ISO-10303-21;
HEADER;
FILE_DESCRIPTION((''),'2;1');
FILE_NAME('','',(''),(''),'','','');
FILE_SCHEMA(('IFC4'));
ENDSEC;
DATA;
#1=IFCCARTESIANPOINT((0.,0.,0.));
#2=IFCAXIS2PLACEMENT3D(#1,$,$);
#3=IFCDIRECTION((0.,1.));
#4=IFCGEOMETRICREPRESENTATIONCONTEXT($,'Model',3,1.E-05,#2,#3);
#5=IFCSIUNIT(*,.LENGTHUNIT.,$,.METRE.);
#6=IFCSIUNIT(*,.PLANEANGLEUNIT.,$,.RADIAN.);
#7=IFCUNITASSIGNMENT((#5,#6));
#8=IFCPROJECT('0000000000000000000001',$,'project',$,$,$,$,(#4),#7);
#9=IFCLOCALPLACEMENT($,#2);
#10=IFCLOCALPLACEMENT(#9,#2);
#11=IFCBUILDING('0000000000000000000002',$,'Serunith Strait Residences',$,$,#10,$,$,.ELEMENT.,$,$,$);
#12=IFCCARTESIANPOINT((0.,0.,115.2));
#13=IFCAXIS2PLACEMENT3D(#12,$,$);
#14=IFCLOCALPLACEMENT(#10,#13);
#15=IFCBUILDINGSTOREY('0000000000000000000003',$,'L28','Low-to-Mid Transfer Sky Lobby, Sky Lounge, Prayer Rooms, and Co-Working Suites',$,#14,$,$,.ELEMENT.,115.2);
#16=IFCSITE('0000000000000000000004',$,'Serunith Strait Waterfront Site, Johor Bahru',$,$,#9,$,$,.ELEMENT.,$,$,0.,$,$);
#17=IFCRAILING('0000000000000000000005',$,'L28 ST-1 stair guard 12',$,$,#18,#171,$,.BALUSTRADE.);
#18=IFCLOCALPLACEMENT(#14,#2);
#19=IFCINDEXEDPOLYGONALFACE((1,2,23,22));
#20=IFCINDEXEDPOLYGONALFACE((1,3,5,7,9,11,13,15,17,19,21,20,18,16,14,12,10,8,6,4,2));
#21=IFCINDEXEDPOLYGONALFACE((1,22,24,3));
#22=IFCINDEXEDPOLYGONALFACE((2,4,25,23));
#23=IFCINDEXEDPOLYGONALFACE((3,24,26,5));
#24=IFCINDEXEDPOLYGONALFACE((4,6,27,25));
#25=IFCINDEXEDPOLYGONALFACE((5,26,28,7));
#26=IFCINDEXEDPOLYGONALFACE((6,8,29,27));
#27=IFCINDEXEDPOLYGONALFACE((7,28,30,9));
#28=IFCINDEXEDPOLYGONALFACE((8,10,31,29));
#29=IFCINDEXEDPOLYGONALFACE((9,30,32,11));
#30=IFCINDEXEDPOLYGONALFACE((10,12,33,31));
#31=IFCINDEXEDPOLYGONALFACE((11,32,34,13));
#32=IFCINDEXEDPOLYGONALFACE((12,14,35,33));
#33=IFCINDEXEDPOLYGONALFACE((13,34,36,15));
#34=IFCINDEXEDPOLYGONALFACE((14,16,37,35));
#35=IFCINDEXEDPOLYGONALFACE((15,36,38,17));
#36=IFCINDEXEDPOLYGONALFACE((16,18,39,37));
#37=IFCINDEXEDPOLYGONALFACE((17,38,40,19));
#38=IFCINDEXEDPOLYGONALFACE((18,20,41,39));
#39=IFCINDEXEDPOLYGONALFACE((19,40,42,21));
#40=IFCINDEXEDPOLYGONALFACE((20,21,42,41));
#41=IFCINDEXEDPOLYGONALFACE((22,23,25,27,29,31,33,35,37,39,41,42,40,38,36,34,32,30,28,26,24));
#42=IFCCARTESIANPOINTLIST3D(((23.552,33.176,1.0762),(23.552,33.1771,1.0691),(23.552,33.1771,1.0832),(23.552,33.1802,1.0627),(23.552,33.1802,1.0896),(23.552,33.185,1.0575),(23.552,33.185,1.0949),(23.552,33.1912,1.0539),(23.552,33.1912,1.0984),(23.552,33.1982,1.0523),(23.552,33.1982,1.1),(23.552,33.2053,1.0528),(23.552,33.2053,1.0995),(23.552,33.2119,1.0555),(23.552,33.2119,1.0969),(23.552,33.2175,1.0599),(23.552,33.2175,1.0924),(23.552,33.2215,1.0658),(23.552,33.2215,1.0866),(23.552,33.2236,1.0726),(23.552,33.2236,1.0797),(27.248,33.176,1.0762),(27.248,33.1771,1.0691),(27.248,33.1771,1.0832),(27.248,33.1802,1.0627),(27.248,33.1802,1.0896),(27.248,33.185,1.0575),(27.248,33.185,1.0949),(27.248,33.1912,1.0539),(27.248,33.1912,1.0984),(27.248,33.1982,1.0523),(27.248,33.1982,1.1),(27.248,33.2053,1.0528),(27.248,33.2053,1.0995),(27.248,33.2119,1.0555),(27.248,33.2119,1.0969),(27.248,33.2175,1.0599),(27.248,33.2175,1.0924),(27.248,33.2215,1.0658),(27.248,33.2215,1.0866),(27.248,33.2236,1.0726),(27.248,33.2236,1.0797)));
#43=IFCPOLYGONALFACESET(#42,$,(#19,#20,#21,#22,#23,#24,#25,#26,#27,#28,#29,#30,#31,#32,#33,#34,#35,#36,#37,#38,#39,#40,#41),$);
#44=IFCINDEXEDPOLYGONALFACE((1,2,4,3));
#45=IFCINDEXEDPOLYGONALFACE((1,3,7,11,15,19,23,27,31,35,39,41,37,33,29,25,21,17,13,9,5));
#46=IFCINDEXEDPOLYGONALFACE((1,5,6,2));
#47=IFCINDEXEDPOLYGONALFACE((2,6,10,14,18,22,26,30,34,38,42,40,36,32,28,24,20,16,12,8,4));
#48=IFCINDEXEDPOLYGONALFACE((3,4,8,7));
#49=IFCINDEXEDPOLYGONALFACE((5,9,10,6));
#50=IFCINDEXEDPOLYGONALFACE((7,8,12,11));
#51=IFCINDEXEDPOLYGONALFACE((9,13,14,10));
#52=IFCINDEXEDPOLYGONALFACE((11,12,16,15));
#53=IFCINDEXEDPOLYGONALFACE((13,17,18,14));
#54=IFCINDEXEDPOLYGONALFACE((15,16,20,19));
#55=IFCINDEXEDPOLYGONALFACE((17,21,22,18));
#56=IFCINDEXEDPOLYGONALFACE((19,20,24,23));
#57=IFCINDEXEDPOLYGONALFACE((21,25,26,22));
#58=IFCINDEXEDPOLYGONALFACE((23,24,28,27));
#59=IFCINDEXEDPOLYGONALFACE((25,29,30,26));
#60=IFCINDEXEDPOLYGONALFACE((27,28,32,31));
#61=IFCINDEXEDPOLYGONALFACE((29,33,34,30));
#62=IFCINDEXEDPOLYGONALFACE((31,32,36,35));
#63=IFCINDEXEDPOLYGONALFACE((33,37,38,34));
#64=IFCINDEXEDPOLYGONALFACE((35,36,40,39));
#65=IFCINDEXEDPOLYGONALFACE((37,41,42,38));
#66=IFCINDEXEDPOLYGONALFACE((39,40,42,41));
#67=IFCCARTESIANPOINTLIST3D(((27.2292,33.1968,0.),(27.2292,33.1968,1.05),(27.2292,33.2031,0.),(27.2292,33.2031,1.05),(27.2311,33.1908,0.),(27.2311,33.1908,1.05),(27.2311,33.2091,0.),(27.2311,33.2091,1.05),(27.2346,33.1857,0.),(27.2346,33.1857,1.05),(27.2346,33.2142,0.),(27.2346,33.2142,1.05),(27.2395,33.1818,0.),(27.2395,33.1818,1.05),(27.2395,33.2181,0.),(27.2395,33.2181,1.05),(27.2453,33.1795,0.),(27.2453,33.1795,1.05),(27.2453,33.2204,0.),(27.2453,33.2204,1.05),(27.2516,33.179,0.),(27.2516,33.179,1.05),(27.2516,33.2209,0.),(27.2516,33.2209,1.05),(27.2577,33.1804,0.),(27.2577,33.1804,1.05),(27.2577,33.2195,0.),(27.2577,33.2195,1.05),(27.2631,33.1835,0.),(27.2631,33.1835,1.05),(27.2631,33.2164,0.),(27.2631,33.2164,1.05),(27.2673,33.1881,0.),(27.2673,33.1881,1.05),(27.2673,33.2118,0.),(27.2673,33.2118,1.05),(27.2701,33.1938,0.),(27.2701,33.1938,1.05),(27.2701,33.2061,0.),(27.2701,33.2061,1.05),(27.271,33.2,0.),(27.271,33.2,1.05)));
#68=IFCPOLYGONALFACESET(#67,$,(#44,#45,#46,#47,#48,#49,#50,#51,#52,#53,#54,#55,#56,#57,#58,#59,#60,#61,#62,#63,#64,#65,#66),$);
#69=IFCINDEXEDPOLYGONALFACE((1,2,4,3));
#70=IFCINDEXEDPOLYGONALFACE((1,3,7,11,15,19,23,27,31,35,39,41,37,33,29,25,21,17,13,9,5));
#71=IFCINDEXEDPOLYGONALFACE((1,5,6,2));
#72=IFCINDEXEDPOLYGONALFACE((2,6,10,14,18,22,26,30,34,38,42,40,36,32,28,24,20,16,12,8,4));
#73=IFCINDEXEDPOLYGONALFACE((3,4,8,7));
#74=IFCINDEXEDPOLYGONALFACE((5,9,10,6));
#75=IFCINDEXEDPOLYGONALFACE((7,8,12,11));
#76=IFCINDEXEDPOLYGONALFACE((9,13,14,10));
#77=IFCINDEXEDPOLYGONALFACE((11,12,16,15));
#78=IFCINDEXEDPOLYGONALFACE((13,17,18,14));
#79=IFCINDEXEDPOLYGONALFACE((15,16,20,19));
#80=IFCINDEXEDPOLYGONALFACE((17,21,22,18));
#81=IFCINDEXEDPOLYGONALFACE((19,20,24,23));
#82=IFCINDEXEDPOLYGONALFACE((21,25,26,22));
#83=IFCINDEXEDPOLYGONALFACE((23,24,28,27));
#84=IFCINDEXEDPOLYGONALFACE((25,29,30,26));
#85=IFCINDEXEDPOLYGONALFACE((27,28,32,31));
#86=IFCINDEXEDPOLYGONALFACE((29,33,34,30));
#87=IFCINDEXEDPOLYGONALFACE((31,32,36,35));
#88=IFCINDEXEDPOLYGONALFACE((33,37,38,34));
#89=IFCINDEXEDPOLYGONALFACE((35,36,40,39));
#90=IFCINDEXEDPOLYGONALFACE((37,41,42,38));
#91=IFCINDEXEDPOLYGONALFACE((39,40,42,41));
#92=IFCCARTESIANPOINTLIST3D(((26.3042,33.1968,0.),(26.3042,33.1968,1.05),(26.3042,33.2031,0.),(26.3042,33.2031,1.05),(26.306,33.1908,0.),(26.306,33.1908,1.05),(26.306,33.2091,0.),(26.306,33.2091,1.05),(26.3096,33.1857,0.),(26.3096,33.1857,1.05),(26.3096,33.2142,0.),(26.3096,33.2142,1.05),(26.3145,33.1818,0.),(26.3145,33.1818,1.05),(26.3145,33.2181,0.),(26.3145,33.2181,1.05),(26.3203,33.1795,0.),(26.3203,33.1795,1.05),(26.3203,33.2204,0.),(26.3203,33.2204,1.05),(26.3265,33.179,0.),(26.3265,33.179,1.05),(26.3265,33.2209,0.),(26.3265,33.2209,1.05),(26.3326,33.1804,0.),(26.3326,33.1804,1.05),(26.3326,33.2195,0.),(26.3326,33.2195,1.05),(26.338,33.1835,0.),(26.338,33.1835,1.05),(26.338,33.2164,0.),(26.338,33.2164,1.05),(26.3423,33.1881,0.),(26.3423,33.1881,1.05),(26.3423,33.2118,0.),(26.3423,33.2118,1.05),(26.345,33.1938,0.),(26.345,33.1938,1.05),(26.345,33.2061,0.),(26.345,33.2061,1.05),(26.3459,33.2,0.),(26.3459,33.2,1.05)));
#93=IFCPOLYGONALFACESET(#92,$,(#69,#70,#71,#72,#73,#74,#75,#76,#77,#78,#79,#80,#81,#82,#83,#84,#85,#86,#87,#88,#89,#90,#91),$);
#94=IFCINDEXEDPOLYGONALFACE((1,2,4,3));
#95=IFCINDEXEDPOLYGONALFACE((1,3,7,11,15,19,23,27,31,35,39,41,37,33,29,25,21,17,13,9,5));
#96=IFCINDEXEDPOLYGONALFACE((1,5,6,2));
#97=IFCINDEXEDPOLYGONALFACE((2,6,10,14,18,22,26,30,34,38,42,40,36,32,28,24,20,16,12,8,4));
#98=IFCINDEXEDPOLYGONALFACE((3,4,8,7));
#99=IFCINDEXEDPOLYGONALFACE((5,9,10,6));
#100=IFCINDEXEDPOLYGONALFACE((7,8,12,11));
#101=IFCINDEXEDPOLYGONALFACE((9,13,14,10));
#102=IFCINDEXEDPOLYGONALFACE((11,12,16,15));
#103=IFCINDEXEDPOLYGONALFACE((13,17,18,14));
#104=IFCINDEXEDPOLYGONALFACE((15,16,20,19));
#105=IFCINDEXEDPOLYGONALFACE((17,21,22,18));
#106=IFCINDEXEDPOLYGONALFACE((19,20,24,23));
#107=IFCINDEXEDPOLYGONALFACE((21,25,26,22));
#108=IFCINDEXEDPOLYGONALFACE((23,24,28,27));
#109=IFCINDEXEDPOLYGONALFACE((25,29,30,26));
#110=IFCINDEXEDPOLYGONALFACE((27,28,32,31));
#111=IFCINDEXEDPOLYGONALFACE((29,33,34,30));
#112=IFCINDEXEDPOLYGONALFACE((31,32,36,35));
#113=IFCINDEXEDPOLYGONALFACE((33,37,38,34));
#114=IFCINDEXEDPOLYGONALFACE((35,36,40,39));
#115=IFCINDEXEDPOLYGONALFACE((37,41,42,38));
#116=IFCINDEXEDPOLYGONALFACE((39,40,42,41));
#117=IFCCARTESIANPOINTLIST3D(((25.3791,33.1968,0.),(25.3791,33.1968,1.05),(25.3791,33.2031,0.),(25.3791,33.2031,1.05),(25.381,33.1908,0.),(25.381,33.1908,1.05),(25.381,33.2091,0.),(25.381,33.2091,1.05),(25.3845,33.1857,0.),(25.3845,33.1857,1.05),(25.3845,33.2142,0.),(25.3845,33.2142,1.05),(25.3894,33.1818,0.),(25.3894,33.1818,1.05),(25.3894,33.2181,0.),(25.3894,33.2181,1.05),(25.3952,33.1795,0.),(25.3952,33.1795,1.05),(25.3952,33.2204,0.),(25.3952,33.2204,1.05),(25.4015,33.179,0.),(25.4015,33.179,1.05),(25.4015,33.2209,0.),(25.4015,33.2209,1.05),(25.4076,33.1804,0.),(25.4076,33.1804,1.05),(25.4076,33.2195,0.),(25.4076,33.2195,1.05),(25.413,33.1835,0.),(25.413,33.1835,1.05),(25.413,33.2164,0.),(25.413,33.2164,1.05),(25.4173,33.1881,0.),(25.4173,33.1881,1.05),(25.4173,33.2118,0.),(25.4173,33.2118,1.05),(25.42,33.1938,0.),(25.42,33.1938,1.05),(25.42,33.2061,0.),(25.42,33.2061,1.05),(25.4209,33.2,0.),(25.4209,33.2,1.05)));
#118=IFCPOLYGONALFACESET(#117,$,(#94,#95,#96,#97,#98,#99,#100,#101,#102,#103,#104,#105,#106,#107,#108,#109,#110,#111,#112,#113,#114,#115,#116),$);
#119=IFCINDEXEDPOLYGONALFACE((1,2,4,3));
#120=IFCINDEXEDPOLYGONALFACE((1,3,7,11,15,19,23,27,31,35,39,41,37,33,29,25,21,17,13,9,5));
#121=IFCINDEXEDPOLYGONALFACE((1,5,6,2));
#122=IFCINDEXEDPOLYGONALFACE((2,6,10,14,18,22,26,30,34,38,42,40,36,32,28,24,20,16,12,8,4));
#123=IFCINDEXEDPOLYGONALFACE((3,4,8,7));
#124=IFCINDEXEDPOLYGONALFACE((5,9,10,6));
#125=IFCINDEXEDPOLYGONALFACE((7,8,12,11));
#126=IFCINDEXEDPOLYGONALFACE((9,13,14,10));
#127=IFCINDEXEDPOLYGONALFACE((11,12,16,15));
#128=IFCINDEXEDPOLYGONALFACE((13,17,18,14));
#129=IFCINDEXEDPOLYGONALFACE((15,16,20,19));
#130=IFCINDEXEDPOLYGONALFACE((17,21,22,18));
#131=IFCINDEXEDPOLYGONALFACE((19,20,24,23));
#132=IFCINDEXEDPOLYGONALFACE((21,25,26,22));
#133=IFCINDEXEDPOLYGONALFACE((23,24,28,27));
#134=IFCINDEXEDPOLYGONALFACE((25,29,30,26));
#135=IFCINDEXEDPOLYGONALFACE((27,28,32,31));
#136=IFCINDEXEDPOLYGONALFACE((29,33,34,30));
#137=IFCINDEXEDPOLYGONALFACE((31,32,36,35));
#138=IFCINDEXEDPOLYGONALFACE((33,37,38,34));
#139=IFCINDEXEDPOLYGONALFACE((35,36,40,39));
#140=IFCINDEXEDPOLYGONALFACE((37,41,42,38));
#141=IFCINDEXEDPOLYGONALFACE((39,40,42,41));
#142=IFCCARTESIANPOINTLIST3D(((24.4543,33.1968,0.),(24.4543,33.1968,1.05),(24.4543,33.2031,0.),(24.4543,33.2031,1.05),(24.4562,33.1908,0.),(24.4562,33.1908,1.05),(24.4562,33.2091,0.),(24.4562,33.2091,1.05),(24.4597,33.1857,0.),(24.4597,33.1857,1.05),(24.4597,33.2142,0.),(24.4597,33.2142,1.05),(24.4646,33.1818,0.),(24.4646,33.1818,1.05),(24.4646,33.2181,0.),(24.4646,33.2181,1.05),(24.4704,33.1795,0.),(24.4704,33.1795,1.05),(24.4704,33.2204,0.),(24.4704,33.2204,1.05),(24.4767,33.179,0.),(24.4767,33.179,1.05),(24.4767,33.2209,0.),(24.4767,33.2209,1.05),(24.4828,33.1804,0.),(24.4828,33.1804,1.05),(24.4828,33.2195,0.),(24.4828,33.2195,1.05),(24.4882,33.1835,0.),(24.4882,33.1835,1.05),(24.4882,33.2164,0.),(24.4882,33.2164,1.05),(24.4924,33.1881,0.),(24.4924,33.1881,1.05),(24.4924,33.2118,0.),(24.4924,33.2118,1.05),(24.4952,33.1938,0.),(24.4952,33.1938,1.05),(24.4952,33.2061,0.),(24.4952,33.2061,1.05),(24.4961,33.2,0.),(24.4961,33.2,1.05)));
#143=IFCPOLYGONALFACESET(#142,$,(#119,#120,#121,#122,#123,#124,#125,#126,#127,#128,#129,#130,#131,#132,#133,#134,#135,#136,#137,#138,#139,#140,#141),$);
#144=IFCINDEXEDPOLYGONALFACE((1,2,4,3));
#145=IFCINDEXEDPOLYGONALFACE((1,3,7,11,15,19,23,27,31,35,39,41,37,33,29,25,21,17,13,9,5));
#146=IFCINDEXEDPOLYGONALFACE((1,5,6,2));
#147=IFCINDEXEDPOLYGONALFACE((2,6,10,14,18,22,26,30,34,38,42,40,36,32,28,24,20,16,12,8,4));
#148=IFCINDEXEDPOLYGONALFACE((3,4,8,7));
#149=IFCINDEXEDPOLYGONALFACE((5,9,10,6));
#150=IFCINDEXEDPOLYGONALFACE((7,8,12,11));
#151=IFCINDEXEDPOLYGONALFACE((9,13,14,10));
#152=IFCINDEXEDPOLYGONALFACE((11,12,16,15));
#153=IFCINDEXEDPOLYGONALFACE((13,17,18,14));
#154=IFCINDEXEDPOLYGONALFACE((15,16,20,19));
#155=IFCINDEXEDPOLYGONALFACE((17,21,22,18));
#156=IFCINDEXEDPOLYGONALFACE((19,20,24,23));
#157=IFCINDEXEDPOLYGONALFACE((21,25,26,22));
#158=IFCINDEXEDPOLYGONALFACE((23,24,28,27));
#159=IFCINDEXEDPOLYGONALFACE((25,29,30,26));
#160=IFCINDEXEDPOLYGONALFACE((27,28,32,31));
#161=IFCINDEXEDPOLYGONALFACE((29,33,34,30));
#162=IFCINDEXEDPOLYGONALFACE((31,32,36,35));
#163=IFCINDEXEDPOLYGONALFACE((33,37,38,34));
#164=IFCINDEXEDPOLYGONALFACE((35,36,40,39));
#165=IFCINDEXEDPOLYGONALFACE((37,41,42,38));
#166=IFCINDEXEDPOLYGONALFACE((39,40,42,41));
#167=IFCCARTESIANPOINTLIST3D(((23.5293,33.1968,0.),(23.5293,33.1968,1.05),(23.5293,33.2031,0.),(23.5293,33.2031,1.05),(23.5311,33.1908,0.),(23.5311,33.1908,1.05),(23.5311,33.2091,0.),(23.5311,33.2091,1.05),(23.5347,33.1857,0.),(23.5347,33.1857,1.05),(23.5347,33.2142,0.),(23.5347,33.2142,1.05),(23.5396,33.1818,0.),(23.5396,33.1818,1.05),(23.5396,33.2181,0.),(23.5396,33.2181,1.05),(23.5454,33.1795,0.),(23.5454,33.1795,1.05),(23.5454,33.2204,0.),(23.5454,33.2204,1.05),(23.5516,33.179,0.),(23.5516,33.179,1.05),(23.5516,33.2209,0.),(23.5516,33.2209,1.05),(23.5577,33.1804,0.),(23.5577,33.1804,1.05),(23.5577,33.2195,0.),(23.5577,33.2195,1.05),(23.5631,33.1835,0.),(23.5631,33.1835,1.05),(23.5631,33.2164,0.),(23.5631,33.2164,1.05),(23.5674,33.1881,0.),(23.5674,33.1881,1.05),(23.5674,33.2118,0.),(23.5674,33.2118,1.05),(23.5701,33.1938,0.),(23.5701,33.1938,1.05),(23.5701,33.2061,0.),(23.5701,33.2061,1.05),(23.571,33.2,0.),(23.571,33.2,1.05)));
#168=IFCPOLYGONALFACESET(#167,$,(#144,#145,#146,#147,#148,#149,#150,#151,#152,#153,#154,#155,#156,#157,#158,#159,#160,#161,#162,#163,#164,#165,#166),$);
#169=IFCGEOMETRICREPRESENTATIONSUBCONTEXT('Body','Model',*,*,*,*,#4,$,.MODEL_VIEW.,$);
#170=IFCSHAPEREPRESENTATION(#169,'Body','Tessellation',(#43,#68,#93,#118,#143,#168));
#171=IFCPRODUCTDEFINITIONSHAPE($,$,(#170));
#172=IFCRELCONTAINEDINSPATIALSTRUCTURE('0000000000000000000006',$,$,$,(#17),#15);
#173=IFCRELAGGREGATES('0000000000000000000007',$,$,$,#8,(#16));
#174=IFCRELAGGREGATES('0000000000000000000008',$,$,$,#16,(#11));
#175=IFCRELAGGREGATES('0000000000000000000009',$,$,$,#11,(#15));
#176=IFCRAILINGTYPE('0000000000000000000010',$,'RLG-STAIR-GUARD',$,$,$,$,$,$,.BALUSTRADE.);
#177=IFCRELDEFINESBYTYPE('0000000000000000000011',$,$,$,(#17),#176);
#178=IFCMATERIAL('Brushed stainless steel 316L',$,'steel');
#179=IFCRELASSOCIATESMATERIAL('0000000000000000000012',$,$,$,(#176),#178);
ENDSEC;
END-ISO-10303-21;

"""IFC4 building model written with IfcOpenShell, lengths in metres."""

from ifc_helpers import new_model, si_unit, direction, frame, origin, origin_2d, place, context, subcontext, project, spatial, circle, extrude, material, type_object, element, save


model = new_model("IFC4")

# Units and contexts
model_context = context("Model", 3, precision=1e-05, world=origin(), true_north=direction((0.0, 1.0)))
body_context = subcontext(model_context, "Body", "Model", "MODEL_VIEW")
ifc_project = project(units=[si_unit("LENGTHUNIT", "METRE"), si_unit("PLANEANGLEUNIT", "RADIAN")], contexts=[model_context])

# Site, building, storey
site_placement = place(None, origin())
site = spatial("IfcSite", under=ifc_project, at=site_placement, Name="Serunith Strait Waterfront Site, Johor Bahru", CompositionType="ELEMENT", RefElevation=0.0)
building_placement = place(site_placement, origin())
building = spatial("IfcBuilding", under=site, at=building_placement, Name="Serunith Strait Residences", CompositionType="ELEMENT")
storey_placement = place(building_placement, frame((0.0, 0.0, 115.2)))
storey = spatial("IfcBuildingStorey", under=building, at=storey_placement, Name="L28", Description="Low-to-Mid Transfer Sky Lobby, Sky Lounge, Prayer Rooms, and Co-Working Suites", CompositionType="ELEMENT", Elevation=115.2)

# Railing
ifc_material_1 = material(Name="Brushed stainless steel 316L", Category="steel")
railing_type_1 = type_object("IfcRailingType", Name="RLG-STAIR-GUARD", PredefinedType="BALUSTRADE", material=ifc_material_1)
railing_1_placement = place(storey_placement, frame((27.25, 33.2, 0.0)))
element("IfcRailing", 1, at=railing_1_placement, inside=storey, type_object=railing_type_1, Name="L28 ST-1 stair guard 12", PredefinedType="BALUSTRADE", context=body_context, shape_type="SweptSolid", body=[
    extrude(circle(Radius=0.0239, at=origin_2d()), frame((-0.002, 0.0, 1.0762), z_axis=(-1.0, 0.0, 0.0), x_axis=(0.0, -1.0, 0.0)), (0.0, 0.0, 1.0), 3.696),
    extrude(circle(Radius=0.021, at=origin_2d()), origin(), (0.0, 0.0, 1.0), 1.05),
    extrude(circle(Radius=0.021, at=origin_2d()), frame((-0.925, 0.0, 0.0)), (0.0, 0.0, 1.0), 1.05),
    extrude(circle(Radius=0.021, at=origin_2d()), frame((-1.8501, 0.0, 0.0)), (0.0, 0.0, 1.0), 1.05),
    extrude(circle(Radius=0.021, at=origin_2d()), frame((-2.7749, 0.0, 0.0)), (0.0, 0.0, 1.0), 1.05),
    extrude(circle(Radius=0.021, at=origin_2d()), frame((-3.7, 0.0, 0.0)), (0.0, 0.0, 1.0), 1.05),
])

save(model, "model.ifc")
